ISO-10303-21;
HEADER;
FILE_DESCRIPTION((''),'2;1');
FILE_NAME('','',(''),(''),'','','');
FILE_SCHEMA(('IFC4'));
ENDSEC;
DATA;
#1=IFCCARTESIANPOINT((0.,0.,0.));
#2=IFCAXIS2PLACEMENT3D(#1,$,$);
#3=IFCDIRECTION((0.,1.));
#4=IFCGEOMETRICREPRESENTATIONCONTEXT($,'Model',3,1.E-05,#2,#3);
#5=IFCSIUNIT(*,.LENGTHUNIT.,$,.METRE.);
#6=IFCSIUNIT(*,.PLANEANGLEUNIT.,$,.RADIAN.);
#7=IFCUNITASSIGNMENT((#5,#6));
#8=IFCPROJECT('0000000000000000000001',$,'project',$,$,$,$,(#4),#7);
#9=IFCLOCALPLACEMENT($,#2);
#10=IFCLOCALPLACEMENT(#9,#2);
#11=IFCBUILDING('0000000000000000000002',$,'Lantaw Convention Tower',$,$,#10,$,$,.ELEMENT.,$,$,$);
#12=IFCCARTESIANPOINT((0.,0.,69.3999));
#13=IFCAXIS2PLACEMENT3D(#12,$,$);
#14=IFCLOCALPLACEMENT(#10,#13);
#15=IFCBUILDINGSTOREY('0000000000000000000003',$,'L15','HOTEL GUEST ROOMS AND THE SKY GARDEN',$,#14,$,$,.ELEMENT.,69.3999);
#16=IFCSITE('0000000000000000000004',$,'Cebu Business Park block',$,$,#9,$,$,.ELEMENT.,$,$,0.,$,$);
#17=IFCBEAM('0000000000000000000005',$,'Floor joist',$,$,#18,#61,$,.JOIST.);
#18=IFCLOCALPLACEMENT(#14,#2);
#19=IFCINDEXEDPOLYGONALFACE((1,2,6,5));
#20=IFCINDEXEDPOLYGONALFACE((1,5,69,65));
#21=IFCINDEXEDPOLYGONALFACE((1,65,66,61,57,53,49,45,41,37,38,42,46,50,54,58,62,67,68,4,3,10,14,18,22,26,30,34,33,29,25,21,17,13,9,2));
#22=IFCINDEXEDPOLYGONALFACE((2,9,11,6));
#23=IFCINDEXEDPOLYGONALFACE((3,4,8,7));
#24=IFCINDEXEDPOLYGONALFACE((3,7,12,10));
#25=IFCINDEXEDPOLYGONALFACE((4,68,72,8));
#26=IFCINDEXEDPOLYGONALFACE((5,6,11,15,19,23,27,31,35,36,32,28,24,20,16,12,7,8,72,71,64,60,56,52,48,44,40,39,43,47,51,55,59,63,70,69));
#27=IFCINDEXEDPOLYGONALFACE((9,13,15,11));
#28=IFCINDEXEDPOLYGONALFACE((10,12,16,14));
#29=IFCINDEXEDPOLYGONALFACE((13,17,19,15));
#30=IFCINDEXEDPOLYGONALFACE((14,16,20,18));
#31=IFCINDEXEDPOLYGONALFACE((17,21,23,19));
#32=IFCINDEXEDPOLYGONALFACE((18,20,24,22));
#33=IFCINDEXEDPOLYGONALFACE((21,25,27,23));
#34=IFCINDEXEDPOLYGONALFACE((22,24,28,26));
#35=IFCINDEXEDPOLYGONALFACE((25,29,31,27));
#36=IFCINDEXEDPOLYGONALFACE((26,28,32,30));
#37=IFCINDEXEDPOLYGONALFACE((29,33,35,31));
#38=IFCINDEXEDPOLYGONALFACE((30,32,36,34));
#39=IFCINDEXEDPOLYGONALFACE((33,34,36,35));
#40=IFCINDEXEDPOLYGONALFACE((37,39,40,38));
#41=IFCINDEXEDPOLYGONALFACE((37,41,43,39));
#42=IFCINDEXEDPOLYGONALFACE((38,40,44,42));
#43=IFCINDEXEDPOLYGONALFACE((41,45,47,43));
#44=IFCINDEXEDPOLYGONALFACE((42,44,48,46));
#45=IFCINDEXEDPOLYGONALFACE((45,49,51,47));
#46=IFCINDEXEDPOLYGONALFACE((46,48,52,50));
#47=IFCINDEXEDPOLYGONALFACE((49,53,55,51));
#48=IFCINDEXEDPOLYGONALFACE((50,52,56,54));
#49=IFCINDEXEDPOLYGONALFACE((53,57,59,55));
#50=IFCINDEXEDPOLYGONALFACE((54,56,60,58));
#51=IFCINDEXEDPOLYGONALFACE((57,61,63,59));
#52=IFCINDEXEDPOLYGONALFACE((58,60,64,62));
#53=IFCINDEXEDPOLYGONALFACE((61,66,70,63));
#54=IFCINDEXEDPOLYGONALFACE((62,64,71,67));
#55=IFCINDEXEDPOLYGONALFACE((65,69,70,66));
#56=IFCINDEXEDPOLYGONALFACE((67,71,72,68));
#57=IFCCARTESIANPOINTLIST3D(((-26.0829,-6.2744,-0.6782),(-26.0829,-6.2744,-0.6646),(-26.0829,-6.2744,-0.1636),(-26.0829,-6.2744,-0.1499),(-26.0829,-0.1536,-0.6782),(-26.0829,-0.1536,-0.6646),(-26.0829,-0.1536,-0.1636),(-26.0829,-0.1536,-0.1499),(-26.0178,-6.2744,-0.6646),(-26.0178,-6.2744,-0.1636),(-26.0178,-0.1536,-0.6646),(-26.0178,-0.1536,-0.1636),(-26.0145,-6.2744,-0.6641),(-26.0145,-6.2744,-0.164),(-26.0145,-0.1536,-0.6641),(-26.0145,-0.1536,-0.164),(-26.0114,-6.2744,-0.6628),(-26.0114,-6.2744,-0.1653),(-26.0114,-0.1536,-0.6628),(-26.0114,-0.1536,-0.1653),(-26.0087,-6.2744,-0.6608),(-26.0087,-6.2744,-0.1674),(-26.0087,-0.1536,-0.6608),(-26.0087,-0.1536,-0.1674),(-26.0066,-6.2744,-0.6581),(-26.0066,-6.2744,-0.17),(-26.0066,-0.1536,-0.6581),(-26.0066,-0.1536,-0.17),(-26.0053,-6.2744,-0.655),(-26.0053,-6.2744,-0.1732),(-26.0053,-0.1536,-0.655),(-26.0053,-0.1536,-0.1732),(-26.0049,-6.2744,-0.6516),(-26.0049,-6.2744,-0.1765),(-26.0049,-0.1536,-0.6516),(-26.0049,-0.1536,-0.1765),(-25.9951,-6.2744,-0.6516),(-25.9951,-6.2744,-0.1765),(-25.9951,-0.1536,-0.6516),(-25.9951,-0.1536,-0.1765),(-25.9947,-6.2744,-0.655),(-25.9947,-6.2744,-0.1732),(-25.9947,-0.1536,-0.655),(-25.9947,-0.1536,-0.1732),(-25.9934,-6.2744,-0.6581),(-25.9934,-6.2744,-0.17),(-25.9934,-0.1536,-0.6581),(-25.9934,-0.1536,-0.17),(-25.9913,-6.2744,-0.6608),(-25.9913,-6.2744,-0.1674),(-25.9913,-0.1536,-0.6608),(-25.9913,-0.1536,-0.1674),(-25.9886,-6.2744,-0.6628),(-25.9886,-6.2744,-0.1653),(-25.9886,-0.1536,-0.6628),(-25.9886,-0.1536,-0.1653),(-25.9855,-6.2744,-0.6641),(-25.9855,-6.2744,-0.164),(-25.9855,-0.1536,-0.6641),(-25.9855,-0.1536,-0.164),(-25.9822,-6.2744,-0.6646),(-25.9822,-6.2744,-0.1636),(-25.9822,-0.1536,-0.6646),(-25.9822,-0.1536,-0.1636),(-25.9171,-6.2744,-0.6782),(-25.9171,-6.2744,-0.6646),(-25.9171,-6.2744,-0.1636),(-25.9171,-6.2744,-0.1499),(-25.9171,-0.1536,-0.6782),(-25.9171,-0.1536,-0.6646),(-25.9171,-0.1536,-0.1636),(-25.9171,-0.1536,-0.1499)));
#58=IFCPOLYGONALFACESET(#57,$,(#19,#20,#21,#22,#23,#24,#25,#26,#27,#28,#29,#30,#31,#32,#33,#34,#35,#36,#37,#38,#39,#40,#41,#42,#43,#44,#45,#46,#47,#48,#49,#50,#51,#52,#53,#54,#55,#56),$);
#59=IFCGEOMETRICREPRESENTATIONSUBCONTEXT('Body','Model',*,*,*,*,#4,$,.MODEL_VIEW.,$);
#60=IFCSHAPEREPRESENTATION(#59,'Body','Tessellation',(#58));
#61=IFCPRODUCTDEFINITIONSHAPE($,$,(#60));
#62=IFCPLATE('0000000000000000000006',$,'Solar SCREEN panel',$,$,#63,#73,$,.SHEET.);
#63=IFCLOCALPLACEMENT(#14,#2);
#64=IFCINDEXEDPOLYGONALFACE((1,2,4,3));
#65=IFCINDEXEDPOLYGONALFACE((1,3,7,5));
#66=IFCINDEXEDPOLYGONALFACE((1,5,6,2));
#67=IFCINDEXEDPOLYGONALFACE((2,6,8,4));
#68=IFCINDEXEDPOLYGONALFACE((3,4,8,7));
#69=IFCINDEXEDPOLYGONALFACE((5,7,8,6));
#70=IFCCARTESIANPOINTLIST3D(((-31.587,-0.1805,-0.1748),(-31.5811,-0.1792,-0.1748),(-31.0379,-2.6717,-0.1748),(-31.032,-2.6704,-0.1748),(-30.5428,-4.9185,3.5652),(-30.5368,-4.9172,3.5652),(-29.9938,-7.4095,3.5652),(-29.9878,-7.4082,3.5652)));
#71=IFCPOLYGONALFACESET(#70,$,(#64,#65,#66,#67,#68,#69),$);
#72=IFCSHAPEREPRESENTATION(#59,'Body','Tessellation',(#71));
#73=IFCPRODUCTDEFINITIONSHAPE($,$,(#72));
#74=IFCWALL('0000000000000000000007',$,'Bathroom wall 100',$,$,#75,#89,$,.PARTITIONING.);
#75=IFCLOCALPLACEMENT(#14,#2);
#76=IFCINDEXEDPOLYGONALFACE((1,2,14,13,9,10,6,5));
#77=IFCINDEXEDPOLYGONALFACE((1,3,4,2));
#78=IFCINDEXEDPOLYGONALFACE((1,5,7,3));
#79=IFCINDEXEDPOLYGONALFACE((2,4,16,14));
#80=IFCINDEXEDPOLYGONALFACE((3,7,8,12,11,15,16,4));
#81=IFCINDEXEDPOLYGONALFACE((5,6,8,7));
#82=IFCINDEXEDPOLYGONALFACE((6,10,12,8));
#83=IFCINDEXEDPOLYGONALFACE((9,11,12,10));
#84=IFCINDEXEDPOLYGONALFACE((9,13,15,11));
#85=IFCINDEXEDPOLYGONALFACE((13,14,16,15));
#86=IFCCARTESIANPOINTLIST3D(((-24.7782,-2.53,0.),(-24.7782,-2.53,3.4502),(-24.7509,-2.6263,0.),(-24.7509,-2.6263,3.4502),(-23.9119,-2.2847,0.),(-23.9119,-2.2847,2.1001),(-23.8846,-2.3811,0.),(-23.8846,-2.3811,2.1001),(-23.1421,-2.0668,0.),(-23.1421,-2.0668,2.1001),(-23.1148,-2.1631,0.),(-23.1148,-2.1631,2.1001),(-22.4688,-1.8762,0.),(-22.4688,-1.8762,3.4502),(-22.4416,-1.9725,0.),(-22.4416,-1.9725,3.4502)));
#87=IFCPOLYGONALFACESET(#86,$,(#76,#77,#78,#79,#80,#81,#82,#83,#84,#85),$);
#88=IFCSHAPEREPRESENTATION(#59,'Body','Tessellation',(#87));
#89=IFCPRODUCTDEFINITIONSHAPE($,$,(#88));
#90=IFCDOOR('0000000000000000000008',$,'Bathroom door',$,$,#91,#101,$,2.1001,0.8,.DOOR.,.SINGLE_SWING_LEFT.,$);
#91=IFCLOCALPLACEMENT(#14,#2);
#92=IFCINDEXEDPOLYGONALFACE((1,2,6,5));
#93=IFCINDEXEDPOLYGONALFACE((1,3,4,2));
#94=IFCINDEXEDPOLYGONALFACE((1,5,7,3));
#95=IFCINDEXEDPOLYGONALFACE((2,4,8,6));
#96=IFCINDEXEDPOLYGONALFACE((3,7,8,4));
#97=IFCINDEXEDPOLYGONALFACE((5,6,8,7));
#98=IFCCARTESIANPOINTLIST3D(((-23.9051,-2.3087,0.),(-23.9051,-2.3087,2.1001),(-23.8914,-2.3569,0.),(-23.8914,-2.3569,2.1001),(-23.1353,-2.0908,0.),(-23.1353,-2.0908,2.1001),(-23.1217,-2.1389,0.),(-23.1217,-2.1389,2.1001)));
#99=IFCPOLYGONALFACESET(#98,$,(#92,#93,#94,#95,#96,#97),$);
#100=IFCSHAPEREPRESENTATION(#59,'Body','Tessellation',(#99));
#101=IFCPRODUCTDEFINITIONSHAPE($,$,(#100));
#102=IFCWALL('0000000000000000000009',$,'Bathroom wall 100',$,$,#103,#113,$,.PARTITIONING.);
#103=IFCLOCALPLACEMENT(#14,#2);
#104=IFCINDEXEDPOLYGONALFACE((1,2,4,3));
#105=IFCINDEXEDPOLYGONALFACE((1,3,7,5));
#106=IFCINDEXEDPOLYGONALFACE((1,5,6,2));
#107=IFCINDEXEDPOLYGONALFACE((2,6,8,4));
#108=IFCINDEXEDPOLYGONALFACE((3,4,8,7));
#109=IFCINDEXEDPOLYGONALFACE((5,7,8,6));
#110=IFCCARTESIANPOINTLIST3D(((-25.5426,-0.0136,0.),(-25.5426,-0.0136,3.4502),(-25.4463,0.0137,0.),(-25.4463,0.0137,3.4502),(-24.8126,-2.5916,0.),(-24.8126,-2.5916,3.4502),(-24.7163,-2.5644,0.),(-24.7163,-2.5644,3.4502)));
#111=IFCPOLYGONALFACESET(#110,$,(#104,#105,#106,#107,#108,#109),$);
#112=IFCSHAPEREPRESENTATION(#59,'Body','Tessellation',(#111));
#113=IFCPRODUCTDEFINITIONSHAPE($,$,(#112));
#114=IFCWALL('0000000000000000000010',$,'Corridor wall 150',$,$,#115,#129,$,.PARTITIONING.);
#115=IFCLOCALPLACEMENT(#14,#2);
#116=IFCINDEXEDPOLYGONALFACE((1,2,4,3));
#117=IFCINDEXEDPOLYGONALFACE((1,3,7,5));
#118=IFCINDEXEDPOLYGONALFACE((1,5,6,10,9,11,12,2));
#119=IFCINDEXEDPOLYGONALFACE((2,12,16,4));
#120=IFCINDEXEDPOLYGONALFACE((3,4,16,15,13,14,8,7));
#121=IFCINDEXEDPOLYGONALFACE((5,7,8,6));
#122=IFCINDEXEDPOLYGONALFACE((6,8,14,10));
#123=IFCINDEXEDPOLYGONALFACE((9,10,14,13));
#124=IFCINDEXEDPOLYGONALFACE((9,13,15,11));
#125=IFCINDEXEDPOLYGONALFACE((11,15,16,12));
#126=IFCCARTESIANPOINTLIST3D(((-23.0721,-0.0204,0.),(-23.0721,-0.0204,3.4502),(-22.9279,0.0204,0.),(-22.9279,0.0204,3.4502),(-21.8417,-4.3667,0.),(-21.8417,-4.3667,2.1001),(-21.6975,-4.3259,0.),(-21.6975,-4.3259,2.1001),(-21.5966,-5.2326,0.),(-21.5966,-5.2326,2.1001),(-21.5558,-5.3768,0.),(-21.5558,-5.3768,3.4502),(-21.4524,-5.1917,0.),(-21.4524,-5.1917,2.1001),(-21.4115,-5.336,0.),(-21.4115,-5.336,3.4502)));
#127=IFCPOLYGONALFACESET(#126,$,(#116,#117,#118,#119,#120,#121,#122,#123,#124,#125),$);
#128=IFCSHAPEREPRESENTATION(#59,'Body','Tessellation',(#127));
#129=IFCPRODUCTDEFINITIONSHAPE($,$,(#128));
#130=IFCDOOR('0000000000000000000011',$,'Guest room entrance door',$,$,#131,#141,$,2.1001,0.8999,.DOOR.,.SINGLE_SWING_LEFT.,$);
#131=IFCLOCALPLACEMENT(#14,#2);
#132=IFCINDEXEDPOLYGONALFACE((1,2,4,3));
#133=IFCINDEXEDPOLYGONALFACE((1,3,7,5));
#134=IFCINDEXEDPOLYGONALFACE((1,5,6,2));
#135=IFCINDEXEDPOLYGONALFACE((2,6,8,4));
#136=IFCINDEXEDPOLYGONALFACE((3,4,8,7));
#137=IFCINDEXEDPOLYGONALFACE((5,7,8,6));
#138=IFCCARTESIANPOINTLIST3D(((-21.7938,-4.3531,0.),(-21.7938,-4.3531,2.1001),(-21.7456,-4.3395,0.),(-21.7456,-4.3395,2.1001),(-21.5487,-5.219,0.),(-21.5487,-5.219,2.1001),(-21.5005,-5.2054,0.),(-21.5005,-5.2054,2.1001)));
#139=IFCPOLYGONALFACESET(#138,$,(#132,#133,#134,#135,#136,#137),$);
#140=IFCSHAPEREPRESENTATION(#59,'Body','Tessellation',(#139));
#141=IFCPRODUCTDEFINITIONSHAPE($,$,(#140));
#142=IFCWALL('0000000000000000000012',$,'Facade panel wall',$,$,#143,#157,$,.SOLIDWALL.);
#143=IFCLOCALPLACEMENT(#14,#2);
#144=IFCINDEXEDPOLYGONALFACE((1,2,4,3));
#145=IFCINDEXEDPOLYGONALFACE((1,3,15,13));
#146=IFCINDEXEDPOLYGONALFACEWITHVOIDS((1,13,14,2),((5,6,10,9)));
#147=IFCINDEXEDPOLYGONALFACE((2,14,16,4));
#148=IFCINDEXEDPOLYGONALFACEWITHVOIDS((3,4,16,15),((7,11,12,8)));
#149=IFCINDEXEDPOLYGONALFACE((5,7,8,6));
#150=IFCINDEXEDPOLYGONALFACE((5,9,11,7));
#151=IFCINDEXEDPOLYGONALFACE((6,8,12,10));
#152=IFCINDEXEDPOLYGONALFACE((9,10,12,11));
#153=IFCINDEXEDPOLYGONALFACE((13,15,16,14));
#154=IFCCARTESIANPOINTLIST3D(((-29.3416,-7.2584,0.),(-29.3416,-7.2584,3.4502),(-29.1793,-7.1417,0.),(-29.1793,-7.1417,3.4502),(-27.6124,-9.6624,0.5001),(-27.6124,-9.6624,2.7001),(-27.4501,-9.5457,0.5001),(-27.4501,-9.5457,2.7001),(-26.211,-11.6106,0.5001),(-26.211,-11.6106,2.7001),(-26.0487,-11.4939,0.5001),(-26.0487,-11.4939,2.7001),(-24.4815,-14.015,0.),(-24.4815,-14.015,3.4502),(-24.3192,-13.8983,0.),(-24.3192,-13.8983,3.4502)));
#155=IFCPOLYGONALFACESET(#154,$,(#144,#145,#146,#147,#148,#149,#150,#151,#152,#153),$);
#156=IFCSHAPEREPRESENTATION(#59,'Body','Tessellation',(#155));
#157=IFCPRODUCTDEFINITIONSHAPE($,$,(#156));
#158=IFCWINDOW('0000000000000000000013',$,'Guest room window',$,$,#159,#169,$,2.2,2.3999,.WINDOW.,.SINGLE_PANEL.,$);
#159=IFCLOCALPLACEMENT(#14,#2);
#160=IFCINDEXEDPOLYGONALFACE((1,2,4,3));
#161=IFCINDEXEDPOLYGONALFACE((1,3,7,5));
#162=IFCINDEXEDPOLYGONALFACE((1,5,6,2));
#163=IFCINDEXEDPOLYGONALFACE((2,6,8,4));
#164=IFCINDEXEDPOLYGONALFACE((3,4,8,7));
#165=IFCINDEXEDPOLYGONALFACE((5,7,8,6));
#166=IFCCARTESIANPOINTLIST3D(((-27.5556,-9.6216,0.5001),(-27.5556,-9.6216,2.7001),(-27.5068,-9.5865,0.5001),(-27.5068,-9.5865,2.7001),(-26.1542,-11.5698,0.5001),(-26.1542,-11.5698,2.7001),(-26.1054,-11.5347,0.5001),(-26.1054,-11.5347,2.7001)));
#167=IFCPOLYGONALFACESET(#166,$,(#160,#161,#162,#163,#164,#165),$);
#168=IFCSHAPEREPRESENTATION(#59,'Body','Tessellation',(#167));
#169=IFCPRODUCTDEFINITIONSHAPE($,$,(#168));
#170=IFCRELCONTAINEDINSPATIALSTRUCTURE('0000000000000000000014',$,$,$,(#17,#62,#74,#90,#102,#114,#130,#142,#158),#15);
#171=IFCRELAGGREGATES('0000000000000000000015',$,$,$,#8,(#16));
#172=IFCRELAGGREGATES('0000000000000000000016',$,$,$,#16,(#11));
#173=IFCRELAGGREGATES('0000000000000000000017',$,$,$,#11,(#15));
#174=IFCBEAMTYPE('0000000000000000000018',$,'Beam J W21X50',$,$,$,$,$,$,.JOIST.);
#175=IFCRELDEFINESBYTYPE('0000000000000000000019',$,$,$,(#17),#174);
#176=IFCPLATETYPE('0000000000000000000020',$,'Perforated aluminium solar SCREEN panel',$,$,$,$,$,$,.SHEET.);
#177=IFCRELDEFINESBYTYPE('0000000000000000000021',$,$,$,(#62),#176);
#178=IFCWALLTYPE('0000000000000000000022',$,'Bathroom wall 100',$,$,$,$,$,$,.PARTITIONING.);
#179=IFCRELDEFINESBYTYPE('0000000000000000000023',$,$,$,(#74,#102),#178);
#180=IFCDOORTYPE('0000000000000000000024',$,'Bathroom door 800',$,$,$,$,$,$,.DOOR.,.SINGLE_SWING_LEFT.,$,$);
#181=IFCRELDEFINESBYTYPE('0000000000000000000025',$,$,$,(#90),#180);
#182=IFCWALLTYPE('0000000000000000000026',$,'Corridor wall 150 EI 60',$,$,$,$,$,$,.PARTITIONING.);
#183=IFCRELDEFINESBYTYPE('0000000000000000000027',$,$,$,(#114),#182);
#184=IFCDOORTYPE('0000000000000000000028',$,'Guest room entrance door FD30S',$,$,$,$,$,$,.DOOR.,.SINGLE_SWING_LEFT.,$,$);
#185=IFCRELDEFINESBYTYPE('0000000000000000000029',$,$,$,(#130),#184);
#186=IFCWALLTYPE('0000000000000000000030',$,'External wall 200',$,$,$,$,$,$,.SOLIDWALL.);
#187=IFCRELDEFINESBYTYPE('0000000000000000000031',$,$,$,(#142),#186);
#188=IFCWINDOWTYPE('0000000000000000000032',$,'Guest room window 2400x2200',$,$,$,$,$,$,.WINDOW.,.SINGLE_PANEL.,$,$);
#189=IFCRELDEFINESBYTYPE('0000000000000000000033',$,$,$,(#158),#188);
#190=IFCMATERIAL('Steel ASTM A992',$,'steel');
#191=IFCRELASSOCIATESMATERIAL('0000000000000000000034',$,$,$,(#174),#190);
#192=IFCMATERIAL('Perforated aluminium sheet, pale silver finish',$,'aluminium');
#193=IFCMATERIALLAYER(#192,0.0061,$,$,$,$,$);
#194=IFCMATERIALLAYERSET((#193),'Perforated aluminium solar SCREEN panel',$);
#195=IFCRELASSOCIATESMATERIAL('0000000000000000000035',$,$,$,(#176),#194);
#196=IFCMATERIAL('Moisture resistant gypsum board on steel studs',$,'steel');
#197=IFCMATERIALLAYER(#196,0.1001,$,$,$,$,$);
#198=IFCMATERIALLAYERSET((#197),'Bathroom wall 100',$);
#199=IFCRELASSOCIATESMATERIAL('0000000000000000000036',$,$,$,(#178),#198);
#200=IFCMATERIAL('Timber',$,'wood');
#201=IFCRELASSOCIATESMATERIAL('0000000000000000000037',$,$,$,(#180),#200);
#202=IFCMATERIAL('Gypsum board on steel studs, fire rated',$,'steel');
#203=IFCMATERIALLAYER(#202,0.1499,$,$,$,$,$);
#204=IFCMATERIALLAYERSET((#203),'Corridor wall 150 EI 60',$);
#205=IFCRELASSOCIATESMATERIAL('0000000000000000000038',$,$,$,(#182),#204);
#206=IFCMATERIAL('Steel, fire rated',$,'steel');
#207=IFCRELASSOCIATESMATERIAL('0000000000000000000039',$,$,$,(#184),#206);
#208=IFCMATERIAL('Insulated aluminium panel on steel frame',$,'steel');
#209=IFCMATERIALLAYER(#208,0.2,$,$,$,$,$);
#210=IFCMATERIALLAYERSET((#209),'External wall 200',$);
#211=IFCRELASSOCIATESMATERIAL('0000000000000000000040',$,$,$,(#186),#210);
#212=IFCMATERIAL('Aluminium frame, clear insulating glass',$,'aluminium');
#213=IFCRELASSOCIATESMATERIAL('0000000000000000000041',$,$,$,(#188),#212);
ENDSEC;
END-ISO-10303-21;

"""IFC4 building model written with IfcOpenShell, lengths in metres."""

from ifc_helpers import new_model, si_unit, direction, frame, frame_2d, origin, origin_2d, place, context, subcontext, project, spatial, polyline, rectangle, i_section, outline, extrude, material, layer, layer_set, material_profile, profile_set, type_object, element, fill, save


model = new_model("IFC4")

# Units and contexts
model_context = context("Model", 3, precision=1e-05, world=origin(), true_north=direction((0.0, 1.0)))
body_context = subcontext(model_context, "Body", "Model", "MODEL_VIEW")
ifc_project = project(units=[si_unit("LENGTHUNIT", "METRE"), si_unit("PLANEANGLEUNIT", "RADIAN")], contexts=[model_context])

# Site, building, storey
site_placement = place(None, origin())
site = spatial("IfcSite", under=ifc_project, at=site_placement, Name="Cebu Business Park block", CompositionType="ELEMENT", RefElevation=0.0)
building_placement = place(site_placement, origin())
building = spatial("IfcBuilding", under=site, at=building_placement, Name="Lantaw Convention Tower", CompositionType="ELEMENT")
storey_placement = place(building_placement, frame((0.0, 0.0, 69.3999)))
storey = spatial("IfcBuildingStorey", under=building, at=storey_placement, Name="L15", Description="HOTEL GUEST ROOMS AND THE SKY GARDEN", CompositionType="ELEMENT", Elevation=69.3999)

# Beam
ifc_material_1 = material(Name="Steel ASTM A992", Category="steel")
ifc_material_profile_1 = material_profile(ifc_material_1, i_section(OverallWidth=0.1658, OverallDepth=0.5283, WebThickness=0.0098, FlangeThickness=0.0137, FilletRadius=0.0129, at=origin_2d()), Name="W21X50")
ifc_profile_set_1 = profile_set([ifc_material_profile_1], Name="Steel ASTM A992")
beam_type_1 = type_object("IfcBeamType", Name="Beam J W21X50", PredefinedType="JOIST", material=ifc_profile_set_1)
beam_1_placement = place(storey_placement, frame((-26.0, -6.2744, -0.4141), z_axis=(0.0, 1.0, 0.0), x_axis=(-1.0, 0.0, 0.0)))
element("IfcBeam", 1, at=beam_1_placement, inside=storey, type_object=beam_type_1, Name="Floor joist", PredefinedType="JOIST", context=body_context, shape_type="SweptSolid", body=[
    extrude(i_section(OverallWidth=0.1658, OverallDepth=0.5283, WebThickness=0.0098, FlangeThickness=0.0137, FilletRadius=0.0129, at=origin_2d()), origin(), (0.0, 0.0, 1.0), 6.1208),
])

# Plate
ifc_material_2 = material(Name="Perforated aluminium sheet, pale silver finish", Category="aluminium")
ifc_layer_1 = layer(ifc_material_2, 0.0061)
ifc_layer_set_1 = layer_set([ifc_layer_1], Name="Perforated aluminium solar SCREEN panel")
plate_type = type_object("IfcPlateType", Name="Perforated aluminium solar SCREEN panel", PredefinedType="SHEET", material=ifc_layer_set_1)
plate_placement = place(storey_placement, frame((-31.5811, -0.1792, -0.1748), z_axis=(0.976559, 0.215248, 0.00003), x_axis=(0.215248, -0.976559, 0.0)))
element("IfcPlate", 2, at=plate_placement, inside=storey, type_object=plate_type, Name="Solar SCREEN panel", PredefinedType="SHEET", context=body_context, shape_type="SweptSolid", body=[
    extrude(outline(polyline([(0.0, 0.0), (2.551, 0.0), (7.4025, -3.74), (4.8517, -3.74), (0.0, 0.0)])), origin(), (0.0, 0.0, -1.0), 0.0061),
])

# Wall, opening, door
ifc_material_3 = material(Name="Moisture resistant gypsum board on steel studs", Category="steel")
ifc_layer_2 = layer(ifc_material_3, 0.1001)
ifc_layer_set_2 = layer_set([ifc_layer_2], Name="Bathroom wall 100")
wall_type_1 = type_object("IfcWallType", Name="Bathroom wall 100", PredefinedType="PARTITIONING", material=ifc_layer_set_2)
wall_1_placement = place(storey_placement, frame((-22.4551, -1.9243, 0.0), z_axis=(0.0, 0.0, 1.0), x_axis=(-0.962181, -0.27241, 0.0)))
wall_1 = element("IfcWall", 3, at=wall_1_placement, inside=storey, type_object=wall_type_1, Name="Bathroom wall 100", PredefinedType="PARTITIONING", context=body_context, shape_type="SweptSolid", body=[
    extrude(rectangle(XDim=2.4001, YDim=0.1001, at=frame_2d((1.2002, 0.0))), origin(), (0.0, 0.0, 1.0), 3.4502),
])
opening_1_placement = place(wall_1_placement, frame((0.7, 0.0, 0.0)))
opening_1 = element("IfcOpeningElement", 4, at=opening_1_placement, cuts=wall_1, PredefinedType="OPENING", context=body_context, shape_type="SweptSolid", body=[
    extrude(rectangle(XDim=0.8, YDim=2.1001, at=frame_2d((0.3999, 1.05))), frame((0.0, 0.0601, 0.0), z_axis=(0.0, -1.0, 0.0), x_axis=(1.0, 0.0, 0.0)), (0.0, 0.0, 1.0), 0.1201),
])
ifc_material_4 = material(Name="Timber", Category="wood")
door_type_1 = type_object("IfcDoorType", Name="Bathroom door 800", OperationType="SINGLE_SWING_LEFT", PredefinedType="DOOR", material=ifc_material_4)
door_1_placement = place(opening_1_placement, origin())
door_1 = element("IfcDoor", 5, at=door_1_placement, inside=storey, type_object=door_type_1, Name="Bathroom door", OperationType="SINGLE_SWING_LEFT", OverallHeight=2.1001, OverallWidth=0.8, PredefinedType="DOOR", context=body_context, shape_type="SweptSolid", body=[
    extrude(rectangle(XDim=0.8, YDim=2.1001, at=frame_2d((0.3999, 1.05))), frame((0.0, 0.0249, 0.0), z_axis=(0.0, -1.0, 0.0), x_axis=(1.0, 0.0, 0.0)), (0.0, 0.0, 1.0), 0.05),
])
fill(opening_1, door_1)

# Wall
wall_2_placement = place(storey_placement, frame((-24.7644, -2.5781, 0.0), z_axis=(0.0, 0.0, 1.0), x_axis=(-0.272434, 0.962175, 0.0)))
element("IfcWall", 6, at=wall_2_placement, inside=storey, type_object=wall_type_1, Name="Bathroom wall 100", PredefinedType="PARTITIONING", context=body_context, shape_type="SweptSolid", body=[
    extrude(rectangle(XDim=2.6794, YDim=0.1001, at=frame_2d((1.3398, 0.0))), origin(), (0.0, 0.0, 1.0), 3.4502),
])

# Wall, opening, door
ifc_material_5 = material(Name="Gypsum board on steel studs, fire rated", Category="steel")
ifc_layer_3 = layer(ifc_material_5, 0.1499)
ifc_layer_set_3 = layer_set([ifc_layer_3], Name="Corridor wall 150 EI 60")
wall_type_2 = type_object("IfcWallType", Name="Corridor wall 150 EI 60", PredefinedType="PARTITIONING", material=ifc_layer_set_3)
wall_3_placement = place(storey_placement, frame((-23.0, 0.0, 0.0), z_axis=(0.0, 0.0, 1.0), x_axis=(0.272386, -0.962188, 0.0)))
wall_3 = element("IfcWall", 7, at=wall_3_placement, inside=storey, type_object=wall_type_2, Name="Corridor wall 150", PredefinedType="PARTITIONING", context=body_context, shape_type="SweptSolid", body=[
    extrude(rectangle(XDim=5.5669, YDim=0.1499, at=frame_2d((2.7834, 0.0))), origin(), (0.0, 0.0, 1.0), 3.4502),
])
opening_2_placement = place(wall_3_placement, frame((4.5171, 0.0, 0.0)))
opening_2 = element("IfcOpeningElement", 8, at=opening_2_placement, cuts=wall_3, PredefinedType="OPENING", context=body_context, shape_type="SweptSolid", body=[
    extrude(rectangle(XDim=0.8999, YDim=2.1001, at=frame_2d((0.45, 1.05))), frame((0.0, 0.085, 0.0), z_axis=(0.0, -1.0, 0.0), x_axis=(1.0, 0.0, 0.0)), (0.0, 0.0, 1.0), 0.1699),
])
ifc_material_6 = material(Name="Steel, fire rated", Category="steel")
door_type_2 = type_object("IfcDoorType", Name="Guest room entrance door FD30S", OperationType="SINGLE_SWING_LEFT", PredefinedType="DOOR", material=ifc_material_6)
door_2_placement = place(opening_2_placement, origin())
door_2 = element("IfcDoor", 9, at=door_2_placement, inside=storey, type_object=door_type_2, Name="Guest room entrance door", OperationType="SINGLE_SWING_LEFT", OverallHeight=2.1001, OverallWidth=0.8999, PredefinedType="DOOR", context=body_context, shape_type="SweptSolid", body=[
    extrude(rectangle(XDim=0.8999, YDim=2.1001, at=frame_2d((0.45, 1.05))), frame((0.0, 0.0249, 0.0), z_axis=(0.0, -1.0, 0.0), x_axis=(1.0, 0.0, 0.0)), (0.0, 0.0, 1.0), 0.05),
])
fill(opening_2, door_2)

# Wall, opening, window
ifc_material_7 = material(Name="Insulated aluminium panel on steel frame", Category="steel")
ifc_layer_4 = layer(ifc_material_7, 0.2)
ifc_layer_set_4 = layer_set([ifc_layer_4], Name="External wall 200")
wall_type_3 = type_object("IfcWallType", Name="External wall 200", PredefinedType="SOLIDWALL", material=ifc_layer_set_4)
wall_4_placement = place(storey_placement, frame((-29.2605, -7.2, 0.0), z_axis=(0.0, 0.0, 1.0), x_axis=(0.583938, -0.811799, 0.0)))
wall_4 = element("IfcWall", 10, at=wall_4_placement, inside=storey, type_object=wall_type_3, Name="Facade panel wall", PredefinedType="SOLIDWALL", context=body_context, shape_type="SweptSolid", body=[
    extrude(rectangle(XDim=8.323, YDim=0.2, at=frame_2d((4.1616, 0.0))), origin(), (0.0, 0.0, 1.0), 3.4502),
])
opening_3_placement = place(wall_4_placement, frame((2.9614, 0.0, 0.5)))
opening_3 = element("IfcOpeningElement", 11, at=opening_3_placement, cuts=wall_4, PredefinedType="OPENING", context=body_context, shape_type="SweptSolid", body=[
    extrude(rectangle(XDim=2.3999, YDim=2.2, at=frame_2d((1.2, 1.1001))), frame((0.0, 0.1099, 0.0), z_axis=(0.0, -1.0, 0.0), x_axis=(1.0, 0.0, 0.0)), (0.0, 0.0, 1.0), 0.22),
])
ifc_material_8 = material(Name="Aluminium frame, clear insulating glass", Category="aluminium")
window_type = type_object("IfcWindowType", Name="Guest room window 2400x2200", PartitioningType="SINGLE_PANEL", PredefinedType="WINDOW", material=ifc_material_8)
window_placement = place(opening_3_placement, origin())
window = element("IfcWindow", 12, at=window_placement, inside=storey, type_object=window_type, Name="Guest room window", OverallHeight=2.2, OverallWidth=2.3999, PartitioningType="SINGLE_PANEL", PredefinedType="WINDOW", context=body_context, shape_type="SweptSolid", body=[
    extrude(rectangle(XDim=2.3999, YDim=2.2, at=frame_2d((1.2, 1.1001))), frame((0.0, 0.03, 0.0), z_axis=(0.0, -1.0, 0.0), x_axis=(1.0, 0.0, 0.0)), (0.0, 0.0, 1.0), 0.0601),
])
fill(opening_3, window)

save(model, "model.ifc")
